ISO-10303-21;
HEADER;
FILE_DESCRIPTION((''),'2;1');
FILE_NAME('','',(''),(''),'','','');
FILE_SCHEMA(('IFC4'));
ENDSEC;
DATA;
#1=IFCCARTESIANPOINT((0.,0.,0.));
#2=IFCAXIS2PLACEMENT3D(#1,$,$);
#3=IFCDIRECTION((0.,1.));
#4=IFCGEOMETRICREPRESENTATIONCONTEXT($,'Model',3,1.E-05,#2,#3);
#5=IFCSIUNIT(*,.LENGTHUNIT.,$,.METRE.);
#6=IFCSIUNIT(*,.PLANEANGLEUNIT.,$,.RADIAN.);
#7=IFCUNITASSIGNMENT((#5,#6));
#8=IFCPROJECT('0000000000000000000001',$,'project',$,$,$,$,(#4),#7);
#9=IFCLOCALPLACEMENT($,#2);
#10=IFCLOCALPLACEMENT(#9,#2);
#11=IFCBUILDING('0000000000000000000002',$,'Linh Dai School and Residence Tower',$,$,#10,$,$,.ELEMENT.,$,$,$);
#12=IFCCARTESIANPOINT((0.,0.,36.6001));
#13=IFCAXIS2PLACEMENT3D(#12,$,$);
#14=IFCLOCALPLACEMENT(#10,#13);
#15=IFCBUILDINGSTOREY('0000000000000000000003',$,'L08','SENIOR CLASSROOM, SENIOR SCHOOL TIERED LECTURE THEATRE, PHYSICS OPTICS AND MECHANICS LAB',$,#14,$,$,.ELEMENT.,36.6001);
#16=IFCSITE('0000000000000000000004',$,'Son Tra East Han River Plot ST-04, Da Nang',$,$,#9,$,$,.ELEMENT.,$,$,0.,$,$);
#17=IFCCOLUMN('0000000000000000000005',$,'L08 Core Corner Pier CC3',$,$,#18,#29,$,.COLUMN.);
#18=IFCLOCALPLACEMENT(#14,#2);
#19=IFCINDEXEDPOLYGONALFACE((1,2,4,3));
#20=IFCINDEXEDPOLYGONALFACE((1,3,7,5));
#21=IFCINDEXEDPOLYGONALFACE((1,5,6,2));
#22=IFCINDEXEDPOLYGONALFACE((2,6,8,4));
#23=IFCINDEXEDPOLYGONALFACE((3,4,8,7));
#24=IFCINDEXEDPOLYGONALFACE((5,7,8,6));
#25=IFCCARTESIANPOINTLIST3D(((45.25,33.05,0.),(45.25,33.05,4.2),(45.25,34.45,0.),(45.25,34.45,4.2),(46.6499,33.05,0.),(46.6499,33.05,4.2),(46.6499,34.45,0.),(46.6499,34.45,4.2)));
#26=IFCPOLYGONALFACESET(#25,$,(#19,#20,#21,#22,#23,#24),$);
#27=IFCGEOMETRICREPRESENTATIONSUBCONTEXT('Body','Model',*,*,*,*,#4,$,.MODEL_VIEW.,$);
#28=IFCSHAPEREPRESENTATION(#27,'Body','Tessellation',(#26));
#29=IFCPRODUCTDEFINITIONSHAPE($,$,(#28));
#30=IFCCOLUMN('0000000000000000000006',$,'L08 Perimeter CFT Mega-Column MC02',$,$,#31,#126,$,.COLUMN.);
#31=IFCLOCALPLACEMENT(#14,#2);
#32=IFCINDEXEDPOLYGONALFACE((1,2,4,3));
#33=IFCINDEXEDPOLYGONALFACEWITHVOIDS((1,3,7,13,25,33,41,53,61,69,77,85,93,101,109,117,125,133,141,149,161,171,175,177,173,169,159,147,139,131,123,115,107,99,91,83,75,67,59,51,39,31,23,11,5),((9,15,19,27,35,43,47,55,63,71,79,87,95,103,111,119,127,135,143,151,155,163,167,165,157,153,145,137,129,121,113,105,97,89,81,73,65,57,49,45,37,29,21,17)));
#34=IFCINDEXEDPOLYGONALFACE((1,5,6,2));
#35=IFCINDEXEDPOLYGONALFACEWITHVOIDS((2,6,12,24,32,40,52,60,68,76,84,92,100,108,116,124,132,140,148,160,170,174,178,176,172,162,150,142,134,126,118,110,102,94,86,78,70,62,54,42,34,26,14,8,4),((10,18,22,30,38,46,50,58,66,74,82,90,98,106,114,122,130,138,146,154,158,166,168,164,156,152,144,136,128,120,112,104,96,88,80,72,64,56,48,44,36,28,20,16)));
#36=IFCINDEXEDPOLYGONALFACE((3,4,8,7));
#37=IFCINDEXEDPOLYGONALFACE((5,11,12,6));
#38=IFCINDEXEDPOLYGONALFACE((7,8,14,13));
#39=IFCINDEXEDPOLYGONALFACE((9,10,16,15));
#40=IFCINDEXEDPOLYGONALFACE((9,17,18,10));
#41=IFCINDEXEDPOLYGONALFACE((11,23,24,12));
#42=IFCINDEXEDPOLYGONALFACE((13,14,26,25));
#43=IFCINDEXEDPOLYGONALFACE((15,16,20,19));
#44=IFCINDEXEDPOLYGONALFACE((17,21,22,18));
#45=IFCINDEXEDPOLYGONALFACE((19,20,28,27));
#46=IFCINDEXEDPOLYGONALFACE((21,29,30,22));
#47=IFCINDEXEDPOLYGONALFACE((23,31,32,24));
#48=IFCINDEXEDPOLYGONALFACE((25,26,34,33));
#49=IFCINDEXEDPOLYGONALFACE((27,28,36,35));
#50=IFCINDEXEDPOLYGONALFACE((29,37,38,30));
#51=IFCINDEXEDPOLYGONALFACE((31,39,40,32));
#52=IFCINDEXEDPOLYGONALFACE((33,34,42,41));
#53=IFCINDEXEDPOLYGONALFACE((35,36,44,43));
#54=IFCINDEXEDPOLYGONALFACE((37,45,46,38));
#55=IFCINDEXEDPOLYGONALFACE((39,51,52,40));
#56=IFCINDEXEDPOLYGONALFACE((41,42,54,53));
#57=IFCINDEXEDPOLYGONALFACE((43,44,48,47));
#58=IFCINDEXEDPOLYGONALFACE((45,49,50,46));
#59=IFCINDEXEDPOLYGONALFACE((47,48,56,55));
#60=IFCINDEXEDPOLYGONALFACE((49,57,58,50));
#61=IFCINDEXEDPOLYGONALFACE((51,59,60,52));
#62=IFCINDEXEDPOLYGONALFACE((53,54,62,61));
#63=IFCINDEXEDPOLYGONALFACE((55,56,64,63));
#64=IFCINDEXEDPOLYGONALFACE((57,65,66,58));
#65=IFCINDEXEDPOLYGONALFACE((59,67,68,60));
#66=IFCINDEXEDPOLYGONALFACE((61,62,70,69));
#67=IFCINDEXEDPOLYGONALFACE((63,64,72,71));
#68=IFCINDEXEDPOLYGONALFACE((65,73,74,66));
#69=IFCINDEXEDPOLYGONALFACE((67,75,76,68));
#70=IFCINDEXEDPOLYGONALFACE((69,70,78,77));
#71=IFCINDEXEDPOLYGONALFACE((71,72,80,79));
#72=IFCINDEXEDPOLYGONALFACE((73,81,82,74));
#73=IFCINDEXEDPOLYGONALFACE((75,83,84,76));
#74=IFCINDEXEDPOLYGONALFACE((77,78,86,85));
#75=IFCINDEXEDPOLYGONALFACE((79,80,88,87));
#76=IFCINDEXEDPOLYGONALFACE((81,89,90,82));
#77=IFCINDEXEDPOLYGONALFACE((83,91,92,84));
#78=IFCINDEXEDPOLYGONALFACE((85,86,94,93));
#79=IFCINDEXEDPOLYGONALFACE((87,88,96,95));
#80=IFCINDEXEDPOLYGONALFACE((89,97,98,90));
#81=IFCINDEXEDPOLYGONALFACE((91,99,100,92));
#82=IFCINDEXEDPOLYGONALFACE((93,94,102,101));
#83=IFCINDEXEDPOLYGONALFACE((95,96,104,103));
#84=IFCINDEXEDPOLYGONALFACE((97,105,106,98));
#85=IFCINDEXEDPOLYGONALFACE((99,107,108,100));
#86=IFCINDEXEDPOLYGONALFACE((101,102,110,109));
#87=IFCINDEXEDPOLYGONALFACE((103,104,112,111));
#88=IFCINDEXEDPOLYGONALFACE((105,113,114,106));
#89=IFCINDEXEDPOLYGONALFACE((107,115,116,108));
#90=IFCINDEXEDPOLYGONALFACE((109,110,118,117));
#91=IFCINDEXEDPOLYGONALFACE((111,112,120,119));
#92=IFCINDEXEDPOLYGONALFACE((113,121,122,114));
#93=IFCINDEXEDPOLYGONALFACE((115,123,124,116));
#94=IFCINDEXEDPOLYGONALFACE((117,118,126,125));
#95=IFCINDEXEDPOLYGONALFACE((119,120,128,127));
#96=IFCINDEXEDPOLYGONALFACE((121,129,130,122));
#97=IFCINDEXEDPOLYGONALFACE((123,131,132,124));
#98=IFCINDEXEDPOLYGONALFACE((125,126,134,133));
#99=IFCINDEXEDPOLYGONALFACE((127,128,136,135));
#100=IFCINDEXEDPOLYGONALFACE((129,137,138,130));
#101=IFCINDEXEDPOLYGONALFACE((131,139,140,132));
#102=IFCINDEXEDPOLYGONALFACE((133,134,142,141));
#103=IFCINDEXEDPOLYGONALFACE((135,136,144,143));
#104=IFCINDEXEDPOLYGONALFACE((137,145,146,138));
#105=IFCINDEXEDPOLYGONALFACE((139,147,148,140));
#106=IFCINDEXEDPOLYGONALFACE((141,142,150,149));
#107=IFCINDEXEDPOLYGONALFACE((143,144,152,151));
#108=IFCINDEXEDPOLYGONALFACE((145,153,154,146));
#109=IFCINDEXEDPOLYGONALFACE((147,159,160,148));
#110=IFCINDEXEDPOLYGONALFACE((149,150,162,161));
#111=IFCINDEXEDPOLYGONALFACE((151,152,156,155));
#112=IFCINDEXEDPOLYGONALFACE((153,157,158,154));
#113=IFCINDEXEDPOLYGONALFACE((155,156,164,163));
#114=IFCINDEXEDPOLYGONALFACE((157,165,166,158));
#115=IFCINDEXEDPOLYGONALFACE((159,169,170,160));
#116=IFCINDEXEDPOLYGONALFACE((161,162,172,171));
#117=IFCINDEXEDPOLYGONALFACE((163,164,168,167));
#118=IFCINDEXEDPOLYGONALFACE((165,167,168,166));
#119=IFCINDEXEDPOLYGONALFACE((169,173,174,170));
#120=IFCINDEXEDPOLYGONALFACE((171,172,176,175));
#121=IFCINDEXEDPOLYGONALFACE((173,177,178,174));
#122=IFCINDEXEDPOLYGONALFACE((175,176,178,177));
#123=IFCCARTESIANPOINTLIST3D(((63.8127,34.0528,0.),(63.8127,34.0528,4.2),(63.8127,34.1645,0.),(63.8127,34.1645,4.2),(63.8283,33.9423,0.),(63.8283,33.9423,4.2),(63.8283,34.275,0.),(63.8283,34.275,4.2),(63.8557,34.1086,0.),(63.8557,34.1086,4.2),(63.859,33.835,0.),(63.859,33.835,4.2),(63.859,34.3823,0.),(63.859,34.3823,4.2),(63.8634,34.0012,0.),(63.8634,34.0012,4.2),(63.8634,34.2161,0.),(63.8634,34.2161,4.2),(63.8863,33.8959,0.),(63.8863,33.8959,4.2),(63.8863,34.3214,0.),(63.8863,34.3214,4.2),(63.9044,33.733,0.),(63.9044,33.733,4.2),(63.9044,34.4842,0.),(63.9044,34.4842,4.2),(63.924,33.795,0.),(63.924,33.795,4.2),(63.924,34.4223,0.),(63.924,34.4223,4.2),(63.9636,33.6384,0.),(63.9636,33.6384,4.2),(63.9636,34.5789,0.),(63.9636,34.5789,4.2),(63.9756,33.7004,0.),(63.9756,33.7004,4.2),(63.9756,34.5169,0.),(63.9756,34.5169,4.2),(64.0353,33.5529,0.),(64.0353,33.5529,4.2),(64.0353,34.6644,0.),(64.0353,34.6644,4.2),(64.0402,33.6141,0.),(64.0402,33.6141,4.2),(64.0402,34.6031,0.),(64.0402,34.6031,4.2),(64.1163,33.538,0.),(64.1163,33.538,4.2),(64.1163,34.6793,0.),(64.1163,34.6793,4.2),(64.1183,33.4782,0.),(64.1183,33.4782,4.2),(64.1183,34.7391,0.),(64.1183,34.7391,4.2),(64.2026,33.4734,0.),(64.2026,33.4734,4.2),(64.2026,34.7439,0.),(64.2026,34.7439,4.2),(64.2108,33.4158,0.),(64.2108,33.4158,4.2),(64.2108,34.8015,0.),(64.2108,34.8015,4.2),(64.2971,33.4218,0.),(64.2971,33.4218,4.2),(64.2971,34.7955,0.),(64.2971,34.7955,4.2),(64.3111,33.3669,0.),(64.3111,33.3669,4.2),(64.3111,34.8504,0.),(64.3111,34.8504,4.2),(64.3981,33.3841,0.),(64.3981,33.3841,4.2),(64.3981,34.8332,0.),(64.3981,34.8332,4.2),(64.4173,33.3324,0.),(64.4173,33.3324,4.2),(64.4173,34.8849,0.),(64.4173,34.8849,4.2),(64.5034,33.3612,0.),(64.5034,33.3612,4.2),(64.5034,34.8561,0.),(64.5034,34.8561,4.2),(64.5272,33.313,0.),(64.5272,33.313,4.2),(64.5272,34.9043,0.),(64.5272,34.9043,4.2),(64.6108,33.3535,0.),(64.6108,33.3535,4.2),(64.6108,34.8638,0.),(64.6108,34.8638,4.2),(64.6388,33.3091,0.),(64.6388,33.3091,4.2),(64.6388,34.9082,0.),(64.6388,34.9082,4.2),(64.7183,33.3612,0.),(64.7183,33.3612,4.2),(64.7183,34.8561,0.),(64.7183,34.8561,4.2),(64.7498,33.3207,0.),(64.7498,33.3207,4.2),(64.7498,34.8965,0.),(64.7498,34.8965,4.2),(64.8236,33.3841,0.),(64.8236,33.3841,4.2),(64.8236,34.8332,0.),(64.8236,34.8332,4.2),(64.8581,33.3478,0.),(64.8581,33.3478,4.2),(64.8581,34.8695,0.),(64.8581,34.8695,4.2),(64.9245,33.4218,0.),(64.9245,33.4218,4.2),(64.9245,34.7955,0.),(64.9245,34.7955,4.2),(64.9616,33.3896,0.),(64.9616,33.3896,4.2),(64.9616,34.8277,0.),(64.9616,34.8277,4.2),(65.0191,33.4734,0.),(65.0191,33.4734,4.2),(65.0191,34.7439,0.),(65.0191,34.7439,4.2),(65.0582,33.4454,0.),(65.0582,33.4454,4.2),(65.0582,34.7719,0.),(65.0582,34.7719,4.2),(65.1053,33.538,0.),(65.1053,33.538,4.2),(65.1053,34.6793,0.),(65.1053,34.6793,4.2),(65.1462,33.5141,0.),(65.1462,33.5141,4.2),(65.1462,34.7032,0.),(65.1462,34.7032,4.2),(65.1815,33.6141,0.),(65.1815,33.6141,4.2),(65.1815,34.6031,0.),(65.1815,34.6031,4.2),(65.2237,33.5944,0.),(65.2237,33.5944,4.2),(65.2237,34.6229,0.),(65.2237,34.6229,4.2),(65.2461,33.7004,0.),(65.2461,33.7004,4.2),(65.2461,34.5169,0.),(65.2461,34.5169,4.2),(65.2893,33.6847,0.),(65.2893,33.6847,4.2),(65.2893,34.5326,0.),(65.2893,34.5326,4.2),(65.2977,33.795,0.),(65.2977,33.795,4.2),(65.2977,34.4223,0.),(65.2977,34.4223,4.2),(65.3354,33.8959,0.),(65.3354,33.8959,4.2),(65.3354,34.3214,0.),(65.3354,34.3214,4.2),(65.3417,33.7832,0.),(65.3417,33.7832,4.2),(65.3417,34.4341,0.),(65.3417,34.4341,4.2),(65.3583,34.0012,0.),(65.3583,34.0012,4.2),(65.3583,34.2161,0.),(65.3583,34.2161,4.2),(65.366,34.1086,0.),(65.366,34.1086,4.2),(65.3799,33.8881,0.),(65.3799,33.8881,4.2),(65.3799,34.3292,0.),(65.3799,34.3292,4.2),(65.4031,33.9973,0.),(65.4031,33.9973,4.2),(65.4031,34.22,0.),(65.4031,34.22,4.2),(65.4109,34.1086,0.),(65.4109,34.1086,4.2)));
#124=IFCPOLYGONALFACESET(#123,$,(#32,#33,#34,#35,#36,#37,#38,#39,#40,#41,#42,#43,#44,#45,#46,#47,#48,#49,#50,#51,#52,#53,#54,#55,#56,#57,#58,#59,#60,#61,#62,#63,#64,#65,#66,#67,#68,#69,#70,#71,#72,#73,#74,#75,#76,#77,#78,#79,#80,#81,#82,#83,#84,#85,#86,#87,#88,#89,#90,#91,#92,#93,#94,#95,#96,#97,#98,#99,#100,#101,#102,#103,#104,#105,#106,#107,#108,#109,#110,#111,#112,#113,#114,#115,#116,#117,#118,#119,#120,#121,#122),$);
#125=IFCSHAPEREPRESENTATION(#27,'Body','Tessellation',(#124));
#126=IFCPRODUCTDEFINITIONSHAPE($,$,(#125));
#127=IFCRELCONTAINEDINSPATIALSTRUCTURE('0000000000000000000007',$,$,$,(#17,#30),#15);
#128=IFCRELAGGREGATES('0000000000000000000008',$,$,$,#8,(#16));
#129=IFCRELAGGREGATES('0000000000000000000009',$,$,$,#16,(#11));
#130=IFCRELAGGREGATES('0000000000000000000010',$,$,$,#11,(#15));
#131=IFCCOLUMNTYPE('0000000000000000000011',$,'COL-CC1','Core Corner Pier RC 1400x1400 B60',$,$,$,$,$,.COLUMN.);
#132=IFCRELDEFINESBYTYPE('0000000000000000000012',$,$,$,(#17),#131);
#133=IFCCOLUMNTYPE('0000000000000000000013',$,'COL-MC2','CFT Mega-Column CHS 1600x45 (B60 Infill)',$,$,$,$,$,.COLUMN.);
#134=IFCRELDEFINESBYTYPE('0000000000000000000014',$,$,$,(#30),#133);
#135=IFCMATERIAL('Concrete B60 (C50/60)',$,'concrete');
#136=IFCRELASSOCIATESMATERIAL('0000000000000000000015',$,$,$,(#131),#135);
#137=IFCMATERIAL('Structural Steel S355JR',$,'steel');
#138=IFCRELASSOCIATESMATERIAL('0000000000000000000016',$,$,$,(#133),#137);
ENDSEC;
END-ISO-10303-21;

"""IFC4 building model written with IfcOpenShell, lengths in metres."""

from ifc_helpers import new_model, si_unit, direction, frame, origin, origin_2d, place, context, subcontext, project, spatial, rectangle, hollow_circle, extrude, material, material_profile, profile_set, type_object, element, save


model = new_model("IFC4")

# Units and contexts
model_context = context("Model", 3, precision=1e-05, world=origin(), true_north=direction((0.0, 1.0)))
body_context = subcontext(model_context, "Body", "Model", "MODEL_VIEW")
ifc_project = project(units=[si_unit("LENGTHUNIT", "METRE"), si_unit("PLANEANGLEUNIT", "RADIAN")], contexts=[model_context])

# Site, building, storey
site_placement = place(None, origin())
site = spatial("IfcSite", under=ifc_project, at=site_placement, Name="Son Tra East Han River Plot ST-04, Da Nang", CompositionType="ELEMENT", RefElevation=0.0)
building_placement = place(site_placement, origin())
building = spatial("IfcBuilding", under=site, at=building_placement, Name="Linh Dai School and Residence Tower", CompositionType="ELEMENT")
storey_placement = place(building_placement, frame((0.0, 0.0, 36.6001)))
storey = spatial("IfcBuildingStorey", under=building, at=storey_placement, Name="L08", Description="SENIOR CLASSROOM, SENIOR SCHOOL TIERED LECTURE THEATRE, PHYSICS OPTICS AND MECHANICS LAB", CompositionType="ELEMENT", Elevation=36.6001)

# Columns
ifc_material_1 = material(Name="Concrete B60 (C50/60)", Category="concrete")
ifc_material_profile_1 = material_profile(ifc_material_1, rectangle(XDim=1.3999, YDim=1.3999, at=origin_2d()), Name="RC 1400x1400")
ifc_profile_set_1 = profile_set([ifc_material_profile_1], Name="Concrete B60 (C50/60)")
column_type_1 = type_object("IfcColumnType", Name="COL-CC1", Description="Core Corner Pier RC 1400x1400 B60", PredefinedType="COLUMN", material=ifc_profile_set_1)
column_placement = place(storey_placement, frame((45.95, 33.75, 0.0), z_axis=(0.0, 0.0, 1.0), x_axis=(1.0, 0.0, 0.0)))
element("IfcColumn", 1, at=column_placement, inside=storey, type_object=column_type_1, Name="L08 Core Corner Pier CC3", PredefinedType="COLUMN", context=body_context, shape_type="SweptSolid", body=[
    extrude(rectangle(XDim=1.3999, YDim=1.3999, at=origin_2d()), origin(), (0.0, 0.0, 1.0), 4.2),
])
ifc_material_2 = material(Name="Structural Steel S355JR", Category="steel")
ifc_material_profile_2 = material_profile(ifc_material_2, hollow_circle(Radius=0.8, WallThickness=0.0449, at=origin_2d()), Name="CHS 1600x45")
ifc_profile_set_2 = profile_set([ifc_material_profile_2], Name="Structural Steel S355JR")
column_type_2 = type_object("IfcColumnType", Name="COL-MC2", Description="CFT Mega-Column CHS 1600x45 (B60 Infill)", PredefinedType="COLUMN", material=ifc_profile_set_2)
for number, where, z_axis, x_axis, name in (
    (2, (64.6108, 34.1086, 0.0), (0.0, 0.0, 1.0), (1.0, 0.0, 0.0), "L08 Perimeter CFT Mega-Column MC02"),
):
    element("IfcColumn", number, at=place(storey_placement, frame(where, z_axis=z_axis, x_axis=x_axis)), inside=storey, type_object=column_type_2, Name=name, PredefinedType="COLUMN", context=body_context, shape_type="SweptSolid", body=[
        extrude(hollow_circle(Radius=0.8, WallThickness=0.0449, at=origin_2d()), origin(), (0.0, 0.0, 1.0), 4.2),
    ])

save(model, "model.ifc")
